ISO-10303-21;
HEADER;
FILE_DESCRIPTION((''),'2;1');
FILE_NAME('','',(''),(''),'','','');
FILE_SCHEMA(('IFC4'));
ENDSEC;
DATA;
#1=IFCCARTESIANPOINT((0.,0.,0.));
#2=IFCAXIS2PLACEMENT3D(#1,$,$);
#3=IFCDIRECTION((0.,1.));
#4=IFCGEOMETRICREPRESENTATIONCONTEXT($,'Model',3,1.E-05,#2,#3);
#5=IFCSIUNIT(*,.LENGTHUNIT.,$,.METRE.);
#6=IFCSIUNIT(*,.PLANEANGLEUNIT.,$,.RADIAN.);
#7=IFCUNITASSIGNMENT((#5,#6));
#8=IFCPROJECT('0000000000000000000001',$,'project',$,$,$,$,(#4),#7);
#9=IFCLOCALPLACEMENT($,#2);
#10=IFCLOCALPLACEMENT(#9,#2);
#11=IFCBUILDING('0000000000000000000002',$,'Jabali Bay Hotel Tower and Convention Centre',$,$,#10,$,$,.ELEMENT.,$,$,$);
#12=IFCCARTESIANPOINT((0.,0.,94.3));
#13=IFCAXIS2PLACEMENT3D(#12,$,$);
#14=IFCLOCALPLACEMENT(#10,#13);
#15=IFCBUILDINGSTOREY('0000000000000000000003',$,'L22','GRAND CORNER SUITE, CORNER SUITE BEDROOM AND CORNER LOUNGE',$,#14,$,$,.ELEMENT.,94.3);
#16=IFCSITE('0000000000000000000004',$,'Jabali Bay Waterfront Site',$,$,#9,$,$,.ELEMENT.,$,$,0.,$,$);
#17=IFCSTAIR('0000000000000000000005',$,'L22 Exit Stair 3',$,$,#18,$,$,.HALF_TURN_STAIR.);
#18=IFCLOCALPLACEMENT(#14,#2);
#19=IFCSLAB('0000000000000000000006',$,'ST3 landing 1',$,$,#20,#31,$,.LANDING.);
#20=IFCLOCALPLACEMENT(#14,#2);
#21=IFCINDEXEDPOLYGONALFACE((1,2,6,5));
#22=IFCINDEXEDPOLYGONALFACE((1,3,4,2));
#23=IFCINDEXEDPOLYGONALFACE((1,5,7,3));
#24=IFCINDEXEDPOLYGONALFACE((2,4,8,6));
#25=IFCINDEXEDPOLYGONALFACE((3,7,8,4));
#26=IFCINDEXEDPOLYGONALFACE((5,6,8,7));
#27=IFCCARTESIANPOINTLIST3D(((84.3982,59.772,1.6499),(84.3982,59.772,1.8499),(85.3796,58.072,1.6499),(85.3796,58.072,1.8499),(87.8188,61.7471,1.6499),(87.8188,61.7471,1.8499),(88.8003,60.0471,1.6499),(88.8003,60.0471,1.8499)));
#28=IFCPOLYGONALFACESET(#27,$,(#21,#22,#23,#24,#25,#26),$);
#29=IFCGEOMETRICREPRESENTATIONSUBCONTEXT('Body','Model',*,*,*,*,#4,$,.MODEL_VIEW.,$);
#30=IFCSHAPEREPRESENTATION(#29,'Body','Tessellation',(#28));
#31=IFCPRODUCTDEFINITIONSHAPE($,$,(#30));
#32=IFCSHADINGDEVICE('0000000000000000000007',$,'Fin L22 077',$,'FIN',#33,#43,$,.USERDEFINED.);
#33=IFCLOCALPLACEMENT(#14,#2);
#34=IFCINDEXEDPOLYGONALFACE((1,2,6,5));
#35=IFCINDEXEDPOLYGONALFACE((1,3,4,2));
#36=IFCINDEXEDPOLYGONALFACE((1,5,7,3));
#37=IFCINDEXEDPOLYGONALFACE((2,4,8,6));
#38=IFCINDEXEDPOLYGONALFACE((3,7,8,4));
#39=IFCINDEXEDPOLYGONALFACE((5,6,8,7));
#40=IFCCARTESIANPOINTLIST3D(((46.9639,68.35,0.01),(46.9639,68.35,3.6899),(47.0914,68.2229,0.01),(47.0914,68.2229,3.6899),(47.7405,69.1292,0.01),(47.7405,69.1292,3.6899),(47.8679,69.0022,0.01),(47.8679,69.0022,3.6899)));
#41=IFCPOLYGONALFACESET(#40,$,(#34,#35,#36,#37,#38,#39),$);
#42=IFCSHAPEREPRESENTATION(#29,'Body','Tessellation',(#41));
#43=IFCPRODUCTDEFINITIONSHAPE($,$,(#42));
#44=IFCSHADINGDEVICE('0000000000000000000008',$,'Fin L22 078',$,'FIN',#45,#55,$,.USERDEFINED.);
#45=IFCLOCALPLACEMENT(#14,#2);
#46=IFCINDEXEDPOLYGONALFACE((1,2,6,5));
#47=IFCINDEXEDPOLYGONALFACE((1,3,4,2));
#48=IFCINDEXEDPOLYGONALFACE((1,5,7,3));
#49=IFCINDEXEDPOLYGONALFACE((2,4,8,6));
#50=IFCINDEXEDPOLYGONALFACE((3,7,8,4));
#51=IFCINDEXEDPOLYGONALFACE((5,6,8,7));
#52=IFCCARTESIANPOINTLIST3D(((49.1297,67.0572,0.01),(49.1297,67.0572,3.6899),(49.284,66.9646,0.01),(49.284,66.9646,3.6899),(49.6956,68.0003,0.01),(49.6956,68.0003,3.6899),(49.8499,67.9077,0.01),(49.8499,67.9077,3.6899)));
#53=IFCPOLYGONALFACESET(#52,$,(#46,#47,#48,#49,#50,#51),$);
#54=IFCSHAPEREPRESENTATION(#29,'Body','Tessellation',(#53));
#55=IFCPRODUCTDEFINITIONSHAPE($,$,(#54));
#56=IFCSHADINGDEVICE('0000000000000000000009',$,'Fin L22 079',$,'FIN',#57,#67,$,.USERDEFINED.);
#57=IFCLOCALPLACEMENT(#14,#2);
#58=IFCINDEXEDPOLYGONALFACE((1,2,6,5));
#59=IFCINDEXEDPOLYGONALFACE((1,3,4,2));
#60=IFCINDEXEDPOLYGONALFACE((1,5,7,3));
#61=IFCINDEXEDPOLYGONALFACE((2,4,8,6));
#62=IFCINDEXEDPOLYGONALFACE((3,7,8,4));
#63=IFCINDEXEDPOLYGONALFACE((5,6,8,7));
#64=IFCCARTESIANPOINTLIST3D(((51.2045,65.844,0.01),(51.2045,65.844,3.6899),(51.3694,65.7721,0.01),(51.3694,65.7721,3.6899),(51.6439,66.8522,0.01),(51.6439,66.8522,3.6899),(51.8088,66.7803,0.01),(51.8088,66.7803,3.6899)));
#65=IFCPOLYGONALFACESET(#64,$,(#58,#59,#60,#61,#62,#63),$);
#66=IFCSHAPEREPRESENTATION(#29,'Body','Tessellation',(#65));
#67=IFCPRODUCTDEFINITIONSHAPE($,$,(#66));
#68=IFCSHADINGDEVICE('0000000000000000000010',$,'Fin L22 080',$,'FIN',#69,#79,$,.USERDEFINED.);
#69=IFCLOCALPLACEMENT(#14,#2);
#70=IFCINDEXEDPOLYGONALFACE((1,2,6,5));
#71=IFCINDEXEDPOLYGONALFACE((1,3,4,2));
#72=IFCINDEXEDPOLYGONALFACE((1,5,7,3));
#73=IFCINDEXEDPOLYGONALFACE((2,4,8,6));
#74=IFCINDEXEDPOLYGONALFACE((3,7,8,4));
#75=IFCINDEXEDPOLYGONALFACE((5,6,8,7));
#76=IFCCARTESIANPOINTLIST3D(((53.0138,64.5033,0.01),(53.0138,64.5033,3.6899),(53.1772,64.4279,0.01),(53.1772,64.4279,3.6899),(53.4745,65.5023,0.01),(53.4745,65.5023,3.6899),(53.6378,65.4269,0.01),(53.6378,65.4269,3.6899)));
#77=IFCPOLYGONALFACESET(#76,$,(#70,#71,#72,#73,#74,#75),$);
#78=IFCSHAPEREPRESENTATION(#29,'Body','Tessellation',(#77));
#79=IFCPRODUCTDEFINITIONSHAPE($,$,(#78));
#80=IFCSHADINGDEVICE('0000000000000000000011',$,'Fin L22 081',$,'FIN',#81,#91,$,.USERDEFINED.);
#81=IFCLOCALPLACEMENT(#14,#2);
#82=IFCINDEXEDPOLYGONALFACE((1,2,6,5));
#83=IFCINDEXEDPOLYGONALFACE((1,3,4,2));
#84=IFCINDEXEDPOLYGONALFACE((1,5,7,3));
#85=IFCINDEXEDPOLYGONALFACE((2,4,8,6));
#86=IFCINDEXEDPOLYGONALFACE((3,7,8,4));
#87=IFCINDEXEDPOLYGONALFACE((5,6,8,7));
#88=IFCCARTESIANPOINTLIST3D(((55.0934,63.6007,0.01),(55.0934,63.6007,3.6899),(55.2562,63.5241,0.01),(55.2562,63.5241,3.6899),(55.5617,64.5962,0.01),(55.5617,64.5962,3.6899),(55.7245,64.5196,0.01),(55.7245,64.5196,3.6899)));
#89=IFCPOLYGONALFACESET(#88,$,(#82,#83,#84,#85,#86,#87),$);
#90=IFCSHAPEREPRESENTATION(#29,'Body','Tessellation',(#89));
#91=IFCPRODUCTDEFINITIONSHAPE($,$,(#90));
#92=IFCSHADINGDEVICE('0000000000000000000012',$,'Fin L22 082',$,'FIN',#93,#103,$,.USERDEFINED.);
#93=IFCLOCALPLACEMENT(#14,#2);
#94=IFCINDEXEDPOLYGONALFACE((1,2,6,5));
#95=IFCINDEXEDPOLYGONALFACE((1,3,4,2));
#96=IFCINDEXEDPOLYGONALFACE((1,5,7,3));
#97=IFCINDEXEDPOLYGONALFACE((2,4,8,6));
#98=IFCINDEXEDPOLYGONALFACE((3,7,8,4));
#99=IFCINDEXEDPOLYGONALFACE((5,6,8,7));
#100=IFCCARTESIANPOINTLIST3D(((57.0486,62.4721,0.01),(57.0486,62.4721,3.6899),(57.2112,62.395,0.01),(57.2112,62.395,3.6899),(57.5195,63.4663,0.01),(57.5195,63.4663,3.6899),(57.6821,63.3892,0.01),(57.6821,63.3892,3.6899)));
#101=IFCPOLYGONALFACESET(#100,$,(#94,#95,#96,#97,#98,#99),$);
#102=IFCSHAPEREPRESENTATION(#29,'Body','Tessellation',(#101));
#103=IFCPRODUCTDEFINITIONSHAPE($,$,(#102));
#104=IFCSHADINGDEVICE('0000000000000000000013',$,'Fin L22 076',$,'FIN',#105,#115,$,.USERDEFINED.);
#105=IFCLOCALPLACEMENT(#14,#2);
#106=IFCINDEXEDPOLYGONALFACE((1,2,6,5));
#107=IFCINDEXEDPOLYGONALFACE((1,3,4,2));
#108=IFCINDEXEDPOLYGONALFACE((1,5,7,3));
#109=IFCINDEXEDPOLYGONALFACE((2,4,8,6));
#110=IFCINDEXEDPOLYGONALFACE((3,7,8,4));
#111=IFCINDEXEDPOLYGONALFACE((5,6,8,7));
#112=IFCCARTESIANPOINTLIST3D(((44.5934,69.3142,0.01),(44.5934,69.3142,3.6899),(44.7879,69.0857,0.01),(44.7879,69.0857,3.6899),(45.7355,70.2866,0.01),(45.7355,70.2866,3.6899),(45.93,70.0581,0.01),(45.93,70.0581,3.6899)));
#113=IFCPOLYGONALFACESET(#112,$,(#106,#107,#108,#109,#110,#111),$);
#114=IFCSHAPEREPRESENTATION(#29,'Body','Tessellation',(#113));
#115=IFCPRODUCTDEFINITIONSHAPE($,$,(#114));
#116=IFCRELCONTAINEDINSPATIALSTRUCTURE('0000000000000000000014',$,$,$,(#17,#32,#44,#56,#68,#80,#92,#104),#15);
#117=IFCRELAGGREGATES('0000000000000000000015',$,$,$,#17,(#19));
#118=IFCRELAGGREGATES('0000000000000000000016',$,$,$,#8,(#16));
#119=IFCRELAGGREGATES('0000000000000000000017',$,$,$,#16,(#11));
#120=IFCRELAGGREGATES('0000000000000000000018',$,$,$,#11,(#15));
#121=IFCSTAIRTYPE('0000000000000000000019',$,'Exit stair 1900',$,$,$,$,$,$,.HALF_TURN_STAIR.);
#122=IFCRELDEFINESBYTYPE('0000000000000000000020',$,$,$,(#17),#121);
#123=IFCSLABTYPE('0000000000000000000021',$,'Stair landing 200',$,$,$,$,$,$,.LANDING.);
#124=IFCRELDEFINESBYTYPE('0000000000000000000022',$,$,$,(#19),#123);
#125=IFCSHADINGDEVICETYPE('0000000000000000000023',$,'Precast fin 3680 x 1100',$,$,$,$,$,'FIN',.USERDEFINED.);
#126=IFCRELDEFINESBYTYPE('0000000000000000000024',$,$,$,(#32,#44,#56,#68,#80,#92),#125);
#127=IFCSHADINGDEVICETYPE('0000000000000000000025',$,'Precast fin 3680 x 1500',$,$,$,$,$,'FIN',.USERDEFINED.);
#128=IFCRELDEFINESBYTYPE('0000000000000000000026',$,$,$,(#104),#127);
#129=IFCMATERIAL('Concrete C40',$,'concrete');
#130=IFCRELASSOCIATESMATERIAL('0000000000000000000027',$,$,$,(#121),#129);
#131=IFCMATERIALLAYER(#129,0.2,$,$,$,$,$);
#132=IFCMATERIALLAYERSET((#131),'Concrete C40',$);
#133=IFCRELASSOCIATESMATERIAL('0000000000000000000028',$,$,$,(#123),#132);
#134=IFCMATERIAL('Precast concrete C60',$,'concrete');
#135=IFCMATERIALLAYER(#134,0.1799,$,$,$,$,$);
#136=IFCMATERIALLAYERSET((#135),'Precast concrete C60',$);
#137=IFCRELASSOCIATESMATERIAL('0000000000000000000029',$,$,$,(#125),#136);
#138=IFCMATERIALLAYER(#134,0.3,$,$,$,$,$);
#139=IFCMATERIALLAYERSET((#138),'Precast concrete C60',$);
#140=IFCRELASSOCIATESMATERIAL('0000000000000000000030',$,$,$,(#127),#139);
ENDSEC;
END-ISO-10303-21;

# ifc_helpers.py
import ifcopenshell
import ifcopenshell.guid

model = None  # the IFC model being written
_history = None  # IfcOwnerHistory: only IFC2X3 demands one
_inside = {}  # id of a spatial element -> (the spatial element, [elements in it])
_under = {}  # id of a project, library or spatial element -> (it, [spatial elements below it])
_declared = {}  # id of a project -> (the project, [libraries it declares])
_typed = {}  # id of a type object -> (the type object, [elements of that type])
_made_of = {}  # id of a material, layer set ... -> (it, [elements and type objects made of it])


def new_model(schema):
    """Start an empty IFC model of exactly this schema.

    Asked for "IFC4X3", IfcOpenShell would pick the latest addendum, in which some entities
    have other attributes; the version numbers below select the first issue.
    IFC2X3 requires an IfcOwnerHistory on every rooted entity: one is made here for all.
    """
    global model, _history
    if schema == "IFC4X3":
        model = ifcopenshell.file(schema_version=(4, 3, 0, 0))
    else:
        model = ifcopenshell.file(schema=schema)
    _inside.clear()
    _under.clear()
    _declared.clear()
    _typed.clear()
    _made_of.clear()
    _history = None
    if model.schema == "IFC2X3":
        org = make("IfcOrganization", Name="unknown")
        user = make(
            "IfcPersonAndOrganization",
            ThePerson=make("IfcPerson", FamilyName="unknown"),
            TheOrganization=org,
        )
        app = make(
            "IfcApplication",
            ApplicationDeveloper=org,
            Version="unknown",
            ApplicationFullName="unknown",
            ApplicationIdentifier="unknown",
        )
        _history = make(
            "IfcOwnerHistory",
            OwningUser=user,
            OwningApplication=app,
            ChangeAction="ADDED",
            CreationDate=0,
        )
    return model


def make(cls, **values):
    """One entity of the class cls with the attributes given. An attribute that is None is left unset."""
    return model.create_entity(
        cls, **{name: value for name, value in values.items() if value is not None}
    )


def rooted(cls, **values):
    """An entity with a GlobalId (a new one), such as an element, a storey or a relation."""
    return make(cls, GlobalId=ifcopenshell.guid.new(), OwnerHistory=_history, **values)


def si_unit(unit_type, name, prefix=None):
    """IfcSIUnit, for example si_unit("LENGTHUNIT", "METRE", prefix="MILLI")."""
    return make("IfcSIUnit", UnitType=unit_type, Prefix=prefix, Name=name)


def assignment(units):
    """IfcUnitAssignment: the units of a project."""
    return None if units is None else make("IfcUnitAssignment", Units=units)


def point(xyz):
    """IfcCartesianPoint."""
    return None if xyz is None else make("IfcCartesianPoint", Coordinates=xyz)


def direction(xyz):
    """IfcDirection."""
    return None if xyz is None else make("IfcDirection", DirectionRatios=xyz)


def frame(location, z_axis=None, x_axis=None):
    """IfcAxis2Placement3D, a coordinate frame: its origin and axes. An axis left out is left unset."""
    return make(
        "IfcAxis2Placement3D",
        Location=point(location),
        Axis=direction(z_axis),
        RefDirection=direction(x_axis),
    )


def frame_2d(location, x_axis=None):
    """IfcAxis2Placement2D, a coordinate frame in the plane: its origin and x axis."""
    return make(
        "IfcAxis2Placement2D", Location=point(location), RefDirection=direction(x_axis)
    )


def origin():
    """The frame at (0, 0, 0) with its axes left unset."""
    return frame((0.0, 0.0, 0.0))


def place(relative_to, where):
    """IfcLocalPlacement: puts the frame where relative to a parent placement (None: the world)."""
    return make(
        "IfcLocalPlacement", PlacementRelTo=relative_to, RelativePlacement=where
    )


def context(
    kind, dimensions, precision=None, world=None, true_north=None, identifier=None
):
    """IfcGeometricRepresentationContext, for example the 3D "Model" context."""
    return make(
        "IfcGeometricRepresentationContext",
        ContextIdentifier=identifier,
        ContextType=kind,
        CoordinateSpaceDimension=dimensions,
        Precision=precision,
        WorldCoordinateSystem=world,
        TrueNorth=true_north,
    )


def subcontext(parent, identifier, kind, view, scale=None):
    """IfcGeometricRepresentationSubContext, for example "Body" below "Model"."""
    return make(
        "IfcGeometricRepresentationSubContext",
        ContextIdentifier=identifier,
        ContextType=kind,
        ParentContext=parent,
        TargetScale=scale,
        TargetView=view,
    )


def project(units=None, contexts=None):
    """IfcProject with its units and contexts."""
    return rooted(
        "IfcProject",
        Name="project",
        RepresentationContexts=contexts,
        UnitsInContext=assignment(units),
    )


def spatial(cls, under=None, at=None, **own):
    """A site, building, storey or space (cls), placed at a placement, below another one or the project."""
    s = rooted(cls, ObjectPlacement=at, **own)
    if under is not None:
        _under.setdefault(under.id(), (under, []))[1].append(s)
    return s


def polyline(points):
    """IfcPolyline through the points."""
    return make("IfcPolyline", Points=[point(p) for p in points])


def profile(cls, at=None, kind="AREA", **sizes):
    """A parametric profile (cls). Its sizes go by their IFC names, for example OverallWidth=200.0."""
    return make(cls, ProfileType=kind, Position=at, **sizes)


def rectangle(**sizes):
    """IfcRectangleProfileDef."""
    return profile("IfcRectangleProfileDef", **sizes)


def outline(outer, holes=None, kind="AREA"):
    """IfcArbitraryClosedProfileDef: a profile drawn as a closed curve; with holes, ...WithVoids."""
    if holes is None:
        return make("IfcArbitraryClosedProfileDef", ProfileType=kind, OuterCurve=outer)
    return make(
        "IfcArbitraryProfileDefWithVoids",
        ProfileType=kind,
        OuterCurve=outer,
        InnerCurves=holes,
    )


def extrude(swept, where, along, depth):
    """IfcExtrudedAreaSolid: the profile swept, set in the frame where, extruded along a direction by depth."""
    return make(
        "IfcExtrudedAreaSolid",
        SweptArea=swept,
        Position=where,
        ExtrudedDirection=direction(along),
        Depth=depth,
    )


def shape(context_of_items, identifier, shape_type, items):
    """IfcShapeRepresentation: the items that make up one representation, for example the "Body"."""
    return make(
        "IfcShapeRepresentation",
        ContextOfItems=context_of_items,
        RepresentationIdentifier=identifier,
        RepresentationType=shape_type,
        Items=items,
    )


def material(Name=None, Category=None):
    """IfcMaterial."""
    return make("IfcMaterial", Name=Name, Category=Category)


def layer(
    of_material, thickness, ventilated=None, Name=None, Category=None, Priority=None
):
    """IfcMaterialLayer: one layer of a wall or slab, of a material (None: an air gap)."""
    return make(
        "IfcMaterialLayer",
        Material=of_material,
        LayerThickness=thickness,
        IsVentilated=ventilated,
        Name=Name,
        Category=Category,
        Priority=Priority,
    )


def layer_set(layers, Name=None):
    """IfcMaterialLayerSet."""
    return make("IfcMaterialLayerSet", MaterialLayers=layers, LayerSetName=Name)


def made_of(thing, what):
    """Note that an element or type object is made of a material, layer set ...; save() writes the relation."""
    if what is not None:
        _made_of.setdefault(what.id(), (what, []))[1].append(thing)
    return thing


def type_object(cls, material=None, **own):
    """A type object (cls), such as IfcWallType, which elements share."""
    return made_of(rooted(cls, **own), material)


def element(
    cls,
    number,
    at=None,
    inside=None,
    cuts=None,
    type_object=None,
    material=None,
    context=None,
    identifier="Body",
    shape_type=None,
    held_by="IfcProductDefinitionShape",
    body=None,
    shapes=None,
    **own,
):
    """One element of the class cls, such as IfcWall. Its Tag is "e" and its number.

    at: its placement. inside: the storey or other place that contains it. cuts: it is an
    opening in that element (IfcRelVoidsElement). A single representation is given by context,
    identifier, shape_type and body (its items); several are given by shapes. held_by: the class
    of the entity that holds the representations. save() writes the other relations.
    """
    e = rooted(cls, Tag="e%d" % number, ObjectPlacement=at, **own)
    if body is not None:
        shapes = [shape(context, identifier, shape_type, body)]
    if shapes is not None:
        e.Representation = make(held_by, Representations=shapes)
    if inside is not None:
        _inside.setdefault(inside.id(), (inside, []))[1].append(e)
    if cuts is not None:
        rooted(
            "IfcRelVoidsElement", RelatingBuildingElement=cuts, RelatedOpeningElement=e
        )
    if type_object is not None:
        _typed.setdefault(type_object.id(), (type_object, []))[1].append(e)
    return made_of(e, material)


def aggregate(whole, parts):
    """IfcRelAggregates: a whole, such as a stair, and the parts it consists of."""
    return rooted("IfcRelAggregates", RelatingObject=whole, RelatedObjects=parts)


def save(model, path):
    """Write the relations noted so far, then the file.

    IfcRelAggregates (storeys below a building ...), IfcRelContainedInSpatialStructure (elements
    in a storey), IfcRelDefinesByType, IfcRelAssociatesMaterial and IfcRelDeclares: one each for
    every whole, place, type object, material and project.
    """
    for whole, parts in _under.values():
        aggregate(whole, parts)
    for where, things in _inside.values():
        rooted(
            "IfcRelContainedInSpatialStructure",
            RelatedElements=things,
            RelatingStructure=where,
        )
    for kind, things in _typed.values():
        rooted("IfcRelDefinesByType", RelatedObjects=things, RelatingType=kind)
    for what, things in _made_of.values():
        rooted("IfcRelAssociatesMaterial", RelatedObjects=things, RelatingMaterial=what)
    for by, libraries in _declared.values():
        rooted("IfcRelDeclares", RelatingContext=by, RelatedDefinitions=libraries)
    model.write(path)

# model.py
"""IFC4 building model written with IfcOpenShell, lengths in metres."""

from ifc_helpers import new_model, si_unit, direction, frame, frame_2d, origin, place, context, subcontext, project, spatial, polyline, rectangle, outline, extrude, material, layer, layer_set, type_object, element, aggregate, save


model = new_model("IFC4")

# Units and contexts
model_context = context("Model", 3, precision=1e-05, world=origin(), true_north=direction((0.0, 1.0)))
body_context = subcontext(model_context, "Body", "Model", "MODEL_VIEW")
ifc_project = project(units=[si_unit("LENGTHUNIT", "METRE"), si_unit("PLANEANGLEUNIT", "RADIAN")], contexts=[model_context])

# Site, building, storey
site_placement = place(None, origin())
site = spatial("IfcSite", under=ifc_project, at=site_placement, Name="Jabali Bay Waterfront Site", CompositionType="ELEMENT", RefElevation=0.0)
building_placement = place(site_placement, origin())
building = spatial("IfcBuilding", under=site, at=building_placement, Name="Jabali Bay Hotel Tower and Convention Centre", CompositionType="ELEMENT")
storey_placement = place(building_placement, frame((0.0, 0.0, 94.3)))
storey = spatial("IfcBuildingStorey", under=building, at=storey_placement, Name="L22", Description="GRAND CORNER SUITE, CORNER SUITE BEDROOM AND CORNER LOUNGE", CompositionType="ELEMENT", Elevation=94.3)

# Shared definitions
ifc_material_1 = material(Name="Concrete C40", Category="concrete")

# Stair, slab
stair_type = type_object("IfcStairType", Name="Exit stair 1900", PredefinedType="HALF_TURN_STAIR", material=ifc_material_1)
ifc_layer_1 = layer(ifc_material_1, 0.2)
ifc_layer_set_1 = layer_set([ifc_layer_1], Name="Concrete C40")
slab_type_1 = type_object("IfcSlabType", Name="Stair landing 200", PredefinedType="LANDING", material=ifc_layer_set_1)
stair_1_placement = place(storey_placement, origin())
stair_1 = element("IfcStair", 1, at=stair_1_placement, inside=storey, type_object=stair_type, Name="L22 Exit Stair 3", PredefinedType="HALF_TURN_STAIR")
slab_1_placement = place(storey_placement, frame((0.0, 0.0, 1.6499)))
slab_1 = element("IfcSlab", 2, at=slab_1_placement, type_object=slab_type_1, Name="ST3 landing 1", PredefinedType="LANDING", context=body_context, shape_type="SweptSolid", body=[
    extrude(outline(polyline([(84.3982, 59.772), (85.3796, 58.072), (88.8003, 60.0471), (87.8188, 61.7471), (84.3982, 59.772)])), origin(), (0.0, 0.0, 1.0), 0.2),
])
aggregate(stair_1, [slab_1])

# Shading devices
ifc_material_2 = material(Name="Precast concrete C60", Category="concrete")
ifc_layer_2 = layer(ifc_material_2, 0.1799)
ifc_layer_set_2 = layer_set([ifc_layer_2], Name="Precast concrete C60")
shading_device_type_1 = type_object("IfcShadingDeviceType", Name="Precast fin 3680 x 1100", ElementType="FIN", PredefinedType="USERDEFINED", material=ifc_layer_set_2)
shading_device_1_placement = place(storey_placement, frame((47.8042, 69.0657, 0.01), z_axis=(0.0, 0.0, 1.0), x_axis=(-0.705885, -0.708326, 0.0)))
element("IfcShadingDevice", 3, at=shading_device_1_placement, inside=storey, type_object=shading_device_type_1, Name="Fin L22 077", ObjectType="FIN", PredefinedType="USERDEFINED", context=body_context, shape_type="SweptSolid", body=[
    extrude(rectangle(XDim=1.1001, YDim=0.1799, at=frame_2d((0.55, 0.0))), origin(), (0.0, 0.0, 1.0), 3.6799),
])
for number, where, z_axis, x_axis, name in (
    (4, (49.7727, 67.9539, 0.01), (0.0, 0.0, 1.0), (-0.514528, -0.857473, 0.0), "Fin L22 078"),
    (5, (51.7263, 66.8162, 0.01), (0.0, 0.0, 1.0), (-0.399538, -0.916717, 0.0), "Fin L22 079"),
):
    element("IfcShadingDevice", number, at=place(storey_placement, frame(where, z_axis=z_axis, x_axis=x_axis)), inside=storey, type_object=shading_device_type_1, Name=name, ObjectType="FIN", PredefinedType="USERDEFINED", context=body_context, shape_type="SweptSolid", body=[
        extrude(rectangle(XDim=1.0999, YDim=0.1799, at=frame_2d((0.5498, 0.0))), origin(), (0.0, 0.0, 1.0), 3.6799),
    ])
for number, where, z_axis, x_axis, name in (
    (6, (53.5562, 65.4646, 0.01), (0.0, 0.0, 1.0), (-0.418763, -0.908096, 0.0), "Fin L22 080"),
    (7, (55.6431, 64.5579, 0.01), (0.0, 0.0, 1.0), (-0.42569, -0.904869, 0.0), "Fin L22 081"),
    (8, (57.6008, 63.4277, 0.01), (0.0, 0.0, 1.0), (-0.428115, -0.903724, 0.0), "Fin L22 082"),
):
    element("IfcShadingDevice", number, at=place(storey_placement, frame(where, z_axis=z_axis, x_axis=x_axis)), inside=storey, type_object=shading_device_type_1, Name=name, ObjectType="FIN", PredefinedType="USERDEFINED", context=body_context, shape_type="SweptSolid", body=[
        extrude(rectangle(XDim=1.1001, YDim=0.1799, at=frame_2d((0.55, 0.0))), origin(), (0.0, 0.0, 1.0), 3.6799),
    ])
ifc_layer_3 = layer(ifc_material_2, 0.3)
ifc_layer_set_3 = layer_set([ifc_layer_3], Name="Precast concrete C60")
shading_device_type_2 = type_object("IfcShadingDeviceType", Name="Precast fin 3680 x 1500", ElementType="FIN", PredefinedType="USERDEFINED", material=ifc_layer_set_3)
shading_device_2_placement = place(storey_placement, frame((45.8328, 70.1724, 0.01), z_axis=(0.0, 0.0, 1.0), x_axis=(-0.761401, -0.648281, 0.0)))
element("IfcShadingDevice", 9, at=shading_device_2_placement, inside=storey, type_object=shading_device_type_2, Name="Fin L22 076", ObjectType="FIN", PredefinedType="USERDEFINED", context=body_context, shape_type="SweptSolid", body=[
    extrude(rectangle(XDim=1.5, YDim=0.3, at=frame_2d((0.75, 0.0))), origin(), (0.0, 0.0, 1.0), 3.6799),
])

save(model, "model.ifc")
